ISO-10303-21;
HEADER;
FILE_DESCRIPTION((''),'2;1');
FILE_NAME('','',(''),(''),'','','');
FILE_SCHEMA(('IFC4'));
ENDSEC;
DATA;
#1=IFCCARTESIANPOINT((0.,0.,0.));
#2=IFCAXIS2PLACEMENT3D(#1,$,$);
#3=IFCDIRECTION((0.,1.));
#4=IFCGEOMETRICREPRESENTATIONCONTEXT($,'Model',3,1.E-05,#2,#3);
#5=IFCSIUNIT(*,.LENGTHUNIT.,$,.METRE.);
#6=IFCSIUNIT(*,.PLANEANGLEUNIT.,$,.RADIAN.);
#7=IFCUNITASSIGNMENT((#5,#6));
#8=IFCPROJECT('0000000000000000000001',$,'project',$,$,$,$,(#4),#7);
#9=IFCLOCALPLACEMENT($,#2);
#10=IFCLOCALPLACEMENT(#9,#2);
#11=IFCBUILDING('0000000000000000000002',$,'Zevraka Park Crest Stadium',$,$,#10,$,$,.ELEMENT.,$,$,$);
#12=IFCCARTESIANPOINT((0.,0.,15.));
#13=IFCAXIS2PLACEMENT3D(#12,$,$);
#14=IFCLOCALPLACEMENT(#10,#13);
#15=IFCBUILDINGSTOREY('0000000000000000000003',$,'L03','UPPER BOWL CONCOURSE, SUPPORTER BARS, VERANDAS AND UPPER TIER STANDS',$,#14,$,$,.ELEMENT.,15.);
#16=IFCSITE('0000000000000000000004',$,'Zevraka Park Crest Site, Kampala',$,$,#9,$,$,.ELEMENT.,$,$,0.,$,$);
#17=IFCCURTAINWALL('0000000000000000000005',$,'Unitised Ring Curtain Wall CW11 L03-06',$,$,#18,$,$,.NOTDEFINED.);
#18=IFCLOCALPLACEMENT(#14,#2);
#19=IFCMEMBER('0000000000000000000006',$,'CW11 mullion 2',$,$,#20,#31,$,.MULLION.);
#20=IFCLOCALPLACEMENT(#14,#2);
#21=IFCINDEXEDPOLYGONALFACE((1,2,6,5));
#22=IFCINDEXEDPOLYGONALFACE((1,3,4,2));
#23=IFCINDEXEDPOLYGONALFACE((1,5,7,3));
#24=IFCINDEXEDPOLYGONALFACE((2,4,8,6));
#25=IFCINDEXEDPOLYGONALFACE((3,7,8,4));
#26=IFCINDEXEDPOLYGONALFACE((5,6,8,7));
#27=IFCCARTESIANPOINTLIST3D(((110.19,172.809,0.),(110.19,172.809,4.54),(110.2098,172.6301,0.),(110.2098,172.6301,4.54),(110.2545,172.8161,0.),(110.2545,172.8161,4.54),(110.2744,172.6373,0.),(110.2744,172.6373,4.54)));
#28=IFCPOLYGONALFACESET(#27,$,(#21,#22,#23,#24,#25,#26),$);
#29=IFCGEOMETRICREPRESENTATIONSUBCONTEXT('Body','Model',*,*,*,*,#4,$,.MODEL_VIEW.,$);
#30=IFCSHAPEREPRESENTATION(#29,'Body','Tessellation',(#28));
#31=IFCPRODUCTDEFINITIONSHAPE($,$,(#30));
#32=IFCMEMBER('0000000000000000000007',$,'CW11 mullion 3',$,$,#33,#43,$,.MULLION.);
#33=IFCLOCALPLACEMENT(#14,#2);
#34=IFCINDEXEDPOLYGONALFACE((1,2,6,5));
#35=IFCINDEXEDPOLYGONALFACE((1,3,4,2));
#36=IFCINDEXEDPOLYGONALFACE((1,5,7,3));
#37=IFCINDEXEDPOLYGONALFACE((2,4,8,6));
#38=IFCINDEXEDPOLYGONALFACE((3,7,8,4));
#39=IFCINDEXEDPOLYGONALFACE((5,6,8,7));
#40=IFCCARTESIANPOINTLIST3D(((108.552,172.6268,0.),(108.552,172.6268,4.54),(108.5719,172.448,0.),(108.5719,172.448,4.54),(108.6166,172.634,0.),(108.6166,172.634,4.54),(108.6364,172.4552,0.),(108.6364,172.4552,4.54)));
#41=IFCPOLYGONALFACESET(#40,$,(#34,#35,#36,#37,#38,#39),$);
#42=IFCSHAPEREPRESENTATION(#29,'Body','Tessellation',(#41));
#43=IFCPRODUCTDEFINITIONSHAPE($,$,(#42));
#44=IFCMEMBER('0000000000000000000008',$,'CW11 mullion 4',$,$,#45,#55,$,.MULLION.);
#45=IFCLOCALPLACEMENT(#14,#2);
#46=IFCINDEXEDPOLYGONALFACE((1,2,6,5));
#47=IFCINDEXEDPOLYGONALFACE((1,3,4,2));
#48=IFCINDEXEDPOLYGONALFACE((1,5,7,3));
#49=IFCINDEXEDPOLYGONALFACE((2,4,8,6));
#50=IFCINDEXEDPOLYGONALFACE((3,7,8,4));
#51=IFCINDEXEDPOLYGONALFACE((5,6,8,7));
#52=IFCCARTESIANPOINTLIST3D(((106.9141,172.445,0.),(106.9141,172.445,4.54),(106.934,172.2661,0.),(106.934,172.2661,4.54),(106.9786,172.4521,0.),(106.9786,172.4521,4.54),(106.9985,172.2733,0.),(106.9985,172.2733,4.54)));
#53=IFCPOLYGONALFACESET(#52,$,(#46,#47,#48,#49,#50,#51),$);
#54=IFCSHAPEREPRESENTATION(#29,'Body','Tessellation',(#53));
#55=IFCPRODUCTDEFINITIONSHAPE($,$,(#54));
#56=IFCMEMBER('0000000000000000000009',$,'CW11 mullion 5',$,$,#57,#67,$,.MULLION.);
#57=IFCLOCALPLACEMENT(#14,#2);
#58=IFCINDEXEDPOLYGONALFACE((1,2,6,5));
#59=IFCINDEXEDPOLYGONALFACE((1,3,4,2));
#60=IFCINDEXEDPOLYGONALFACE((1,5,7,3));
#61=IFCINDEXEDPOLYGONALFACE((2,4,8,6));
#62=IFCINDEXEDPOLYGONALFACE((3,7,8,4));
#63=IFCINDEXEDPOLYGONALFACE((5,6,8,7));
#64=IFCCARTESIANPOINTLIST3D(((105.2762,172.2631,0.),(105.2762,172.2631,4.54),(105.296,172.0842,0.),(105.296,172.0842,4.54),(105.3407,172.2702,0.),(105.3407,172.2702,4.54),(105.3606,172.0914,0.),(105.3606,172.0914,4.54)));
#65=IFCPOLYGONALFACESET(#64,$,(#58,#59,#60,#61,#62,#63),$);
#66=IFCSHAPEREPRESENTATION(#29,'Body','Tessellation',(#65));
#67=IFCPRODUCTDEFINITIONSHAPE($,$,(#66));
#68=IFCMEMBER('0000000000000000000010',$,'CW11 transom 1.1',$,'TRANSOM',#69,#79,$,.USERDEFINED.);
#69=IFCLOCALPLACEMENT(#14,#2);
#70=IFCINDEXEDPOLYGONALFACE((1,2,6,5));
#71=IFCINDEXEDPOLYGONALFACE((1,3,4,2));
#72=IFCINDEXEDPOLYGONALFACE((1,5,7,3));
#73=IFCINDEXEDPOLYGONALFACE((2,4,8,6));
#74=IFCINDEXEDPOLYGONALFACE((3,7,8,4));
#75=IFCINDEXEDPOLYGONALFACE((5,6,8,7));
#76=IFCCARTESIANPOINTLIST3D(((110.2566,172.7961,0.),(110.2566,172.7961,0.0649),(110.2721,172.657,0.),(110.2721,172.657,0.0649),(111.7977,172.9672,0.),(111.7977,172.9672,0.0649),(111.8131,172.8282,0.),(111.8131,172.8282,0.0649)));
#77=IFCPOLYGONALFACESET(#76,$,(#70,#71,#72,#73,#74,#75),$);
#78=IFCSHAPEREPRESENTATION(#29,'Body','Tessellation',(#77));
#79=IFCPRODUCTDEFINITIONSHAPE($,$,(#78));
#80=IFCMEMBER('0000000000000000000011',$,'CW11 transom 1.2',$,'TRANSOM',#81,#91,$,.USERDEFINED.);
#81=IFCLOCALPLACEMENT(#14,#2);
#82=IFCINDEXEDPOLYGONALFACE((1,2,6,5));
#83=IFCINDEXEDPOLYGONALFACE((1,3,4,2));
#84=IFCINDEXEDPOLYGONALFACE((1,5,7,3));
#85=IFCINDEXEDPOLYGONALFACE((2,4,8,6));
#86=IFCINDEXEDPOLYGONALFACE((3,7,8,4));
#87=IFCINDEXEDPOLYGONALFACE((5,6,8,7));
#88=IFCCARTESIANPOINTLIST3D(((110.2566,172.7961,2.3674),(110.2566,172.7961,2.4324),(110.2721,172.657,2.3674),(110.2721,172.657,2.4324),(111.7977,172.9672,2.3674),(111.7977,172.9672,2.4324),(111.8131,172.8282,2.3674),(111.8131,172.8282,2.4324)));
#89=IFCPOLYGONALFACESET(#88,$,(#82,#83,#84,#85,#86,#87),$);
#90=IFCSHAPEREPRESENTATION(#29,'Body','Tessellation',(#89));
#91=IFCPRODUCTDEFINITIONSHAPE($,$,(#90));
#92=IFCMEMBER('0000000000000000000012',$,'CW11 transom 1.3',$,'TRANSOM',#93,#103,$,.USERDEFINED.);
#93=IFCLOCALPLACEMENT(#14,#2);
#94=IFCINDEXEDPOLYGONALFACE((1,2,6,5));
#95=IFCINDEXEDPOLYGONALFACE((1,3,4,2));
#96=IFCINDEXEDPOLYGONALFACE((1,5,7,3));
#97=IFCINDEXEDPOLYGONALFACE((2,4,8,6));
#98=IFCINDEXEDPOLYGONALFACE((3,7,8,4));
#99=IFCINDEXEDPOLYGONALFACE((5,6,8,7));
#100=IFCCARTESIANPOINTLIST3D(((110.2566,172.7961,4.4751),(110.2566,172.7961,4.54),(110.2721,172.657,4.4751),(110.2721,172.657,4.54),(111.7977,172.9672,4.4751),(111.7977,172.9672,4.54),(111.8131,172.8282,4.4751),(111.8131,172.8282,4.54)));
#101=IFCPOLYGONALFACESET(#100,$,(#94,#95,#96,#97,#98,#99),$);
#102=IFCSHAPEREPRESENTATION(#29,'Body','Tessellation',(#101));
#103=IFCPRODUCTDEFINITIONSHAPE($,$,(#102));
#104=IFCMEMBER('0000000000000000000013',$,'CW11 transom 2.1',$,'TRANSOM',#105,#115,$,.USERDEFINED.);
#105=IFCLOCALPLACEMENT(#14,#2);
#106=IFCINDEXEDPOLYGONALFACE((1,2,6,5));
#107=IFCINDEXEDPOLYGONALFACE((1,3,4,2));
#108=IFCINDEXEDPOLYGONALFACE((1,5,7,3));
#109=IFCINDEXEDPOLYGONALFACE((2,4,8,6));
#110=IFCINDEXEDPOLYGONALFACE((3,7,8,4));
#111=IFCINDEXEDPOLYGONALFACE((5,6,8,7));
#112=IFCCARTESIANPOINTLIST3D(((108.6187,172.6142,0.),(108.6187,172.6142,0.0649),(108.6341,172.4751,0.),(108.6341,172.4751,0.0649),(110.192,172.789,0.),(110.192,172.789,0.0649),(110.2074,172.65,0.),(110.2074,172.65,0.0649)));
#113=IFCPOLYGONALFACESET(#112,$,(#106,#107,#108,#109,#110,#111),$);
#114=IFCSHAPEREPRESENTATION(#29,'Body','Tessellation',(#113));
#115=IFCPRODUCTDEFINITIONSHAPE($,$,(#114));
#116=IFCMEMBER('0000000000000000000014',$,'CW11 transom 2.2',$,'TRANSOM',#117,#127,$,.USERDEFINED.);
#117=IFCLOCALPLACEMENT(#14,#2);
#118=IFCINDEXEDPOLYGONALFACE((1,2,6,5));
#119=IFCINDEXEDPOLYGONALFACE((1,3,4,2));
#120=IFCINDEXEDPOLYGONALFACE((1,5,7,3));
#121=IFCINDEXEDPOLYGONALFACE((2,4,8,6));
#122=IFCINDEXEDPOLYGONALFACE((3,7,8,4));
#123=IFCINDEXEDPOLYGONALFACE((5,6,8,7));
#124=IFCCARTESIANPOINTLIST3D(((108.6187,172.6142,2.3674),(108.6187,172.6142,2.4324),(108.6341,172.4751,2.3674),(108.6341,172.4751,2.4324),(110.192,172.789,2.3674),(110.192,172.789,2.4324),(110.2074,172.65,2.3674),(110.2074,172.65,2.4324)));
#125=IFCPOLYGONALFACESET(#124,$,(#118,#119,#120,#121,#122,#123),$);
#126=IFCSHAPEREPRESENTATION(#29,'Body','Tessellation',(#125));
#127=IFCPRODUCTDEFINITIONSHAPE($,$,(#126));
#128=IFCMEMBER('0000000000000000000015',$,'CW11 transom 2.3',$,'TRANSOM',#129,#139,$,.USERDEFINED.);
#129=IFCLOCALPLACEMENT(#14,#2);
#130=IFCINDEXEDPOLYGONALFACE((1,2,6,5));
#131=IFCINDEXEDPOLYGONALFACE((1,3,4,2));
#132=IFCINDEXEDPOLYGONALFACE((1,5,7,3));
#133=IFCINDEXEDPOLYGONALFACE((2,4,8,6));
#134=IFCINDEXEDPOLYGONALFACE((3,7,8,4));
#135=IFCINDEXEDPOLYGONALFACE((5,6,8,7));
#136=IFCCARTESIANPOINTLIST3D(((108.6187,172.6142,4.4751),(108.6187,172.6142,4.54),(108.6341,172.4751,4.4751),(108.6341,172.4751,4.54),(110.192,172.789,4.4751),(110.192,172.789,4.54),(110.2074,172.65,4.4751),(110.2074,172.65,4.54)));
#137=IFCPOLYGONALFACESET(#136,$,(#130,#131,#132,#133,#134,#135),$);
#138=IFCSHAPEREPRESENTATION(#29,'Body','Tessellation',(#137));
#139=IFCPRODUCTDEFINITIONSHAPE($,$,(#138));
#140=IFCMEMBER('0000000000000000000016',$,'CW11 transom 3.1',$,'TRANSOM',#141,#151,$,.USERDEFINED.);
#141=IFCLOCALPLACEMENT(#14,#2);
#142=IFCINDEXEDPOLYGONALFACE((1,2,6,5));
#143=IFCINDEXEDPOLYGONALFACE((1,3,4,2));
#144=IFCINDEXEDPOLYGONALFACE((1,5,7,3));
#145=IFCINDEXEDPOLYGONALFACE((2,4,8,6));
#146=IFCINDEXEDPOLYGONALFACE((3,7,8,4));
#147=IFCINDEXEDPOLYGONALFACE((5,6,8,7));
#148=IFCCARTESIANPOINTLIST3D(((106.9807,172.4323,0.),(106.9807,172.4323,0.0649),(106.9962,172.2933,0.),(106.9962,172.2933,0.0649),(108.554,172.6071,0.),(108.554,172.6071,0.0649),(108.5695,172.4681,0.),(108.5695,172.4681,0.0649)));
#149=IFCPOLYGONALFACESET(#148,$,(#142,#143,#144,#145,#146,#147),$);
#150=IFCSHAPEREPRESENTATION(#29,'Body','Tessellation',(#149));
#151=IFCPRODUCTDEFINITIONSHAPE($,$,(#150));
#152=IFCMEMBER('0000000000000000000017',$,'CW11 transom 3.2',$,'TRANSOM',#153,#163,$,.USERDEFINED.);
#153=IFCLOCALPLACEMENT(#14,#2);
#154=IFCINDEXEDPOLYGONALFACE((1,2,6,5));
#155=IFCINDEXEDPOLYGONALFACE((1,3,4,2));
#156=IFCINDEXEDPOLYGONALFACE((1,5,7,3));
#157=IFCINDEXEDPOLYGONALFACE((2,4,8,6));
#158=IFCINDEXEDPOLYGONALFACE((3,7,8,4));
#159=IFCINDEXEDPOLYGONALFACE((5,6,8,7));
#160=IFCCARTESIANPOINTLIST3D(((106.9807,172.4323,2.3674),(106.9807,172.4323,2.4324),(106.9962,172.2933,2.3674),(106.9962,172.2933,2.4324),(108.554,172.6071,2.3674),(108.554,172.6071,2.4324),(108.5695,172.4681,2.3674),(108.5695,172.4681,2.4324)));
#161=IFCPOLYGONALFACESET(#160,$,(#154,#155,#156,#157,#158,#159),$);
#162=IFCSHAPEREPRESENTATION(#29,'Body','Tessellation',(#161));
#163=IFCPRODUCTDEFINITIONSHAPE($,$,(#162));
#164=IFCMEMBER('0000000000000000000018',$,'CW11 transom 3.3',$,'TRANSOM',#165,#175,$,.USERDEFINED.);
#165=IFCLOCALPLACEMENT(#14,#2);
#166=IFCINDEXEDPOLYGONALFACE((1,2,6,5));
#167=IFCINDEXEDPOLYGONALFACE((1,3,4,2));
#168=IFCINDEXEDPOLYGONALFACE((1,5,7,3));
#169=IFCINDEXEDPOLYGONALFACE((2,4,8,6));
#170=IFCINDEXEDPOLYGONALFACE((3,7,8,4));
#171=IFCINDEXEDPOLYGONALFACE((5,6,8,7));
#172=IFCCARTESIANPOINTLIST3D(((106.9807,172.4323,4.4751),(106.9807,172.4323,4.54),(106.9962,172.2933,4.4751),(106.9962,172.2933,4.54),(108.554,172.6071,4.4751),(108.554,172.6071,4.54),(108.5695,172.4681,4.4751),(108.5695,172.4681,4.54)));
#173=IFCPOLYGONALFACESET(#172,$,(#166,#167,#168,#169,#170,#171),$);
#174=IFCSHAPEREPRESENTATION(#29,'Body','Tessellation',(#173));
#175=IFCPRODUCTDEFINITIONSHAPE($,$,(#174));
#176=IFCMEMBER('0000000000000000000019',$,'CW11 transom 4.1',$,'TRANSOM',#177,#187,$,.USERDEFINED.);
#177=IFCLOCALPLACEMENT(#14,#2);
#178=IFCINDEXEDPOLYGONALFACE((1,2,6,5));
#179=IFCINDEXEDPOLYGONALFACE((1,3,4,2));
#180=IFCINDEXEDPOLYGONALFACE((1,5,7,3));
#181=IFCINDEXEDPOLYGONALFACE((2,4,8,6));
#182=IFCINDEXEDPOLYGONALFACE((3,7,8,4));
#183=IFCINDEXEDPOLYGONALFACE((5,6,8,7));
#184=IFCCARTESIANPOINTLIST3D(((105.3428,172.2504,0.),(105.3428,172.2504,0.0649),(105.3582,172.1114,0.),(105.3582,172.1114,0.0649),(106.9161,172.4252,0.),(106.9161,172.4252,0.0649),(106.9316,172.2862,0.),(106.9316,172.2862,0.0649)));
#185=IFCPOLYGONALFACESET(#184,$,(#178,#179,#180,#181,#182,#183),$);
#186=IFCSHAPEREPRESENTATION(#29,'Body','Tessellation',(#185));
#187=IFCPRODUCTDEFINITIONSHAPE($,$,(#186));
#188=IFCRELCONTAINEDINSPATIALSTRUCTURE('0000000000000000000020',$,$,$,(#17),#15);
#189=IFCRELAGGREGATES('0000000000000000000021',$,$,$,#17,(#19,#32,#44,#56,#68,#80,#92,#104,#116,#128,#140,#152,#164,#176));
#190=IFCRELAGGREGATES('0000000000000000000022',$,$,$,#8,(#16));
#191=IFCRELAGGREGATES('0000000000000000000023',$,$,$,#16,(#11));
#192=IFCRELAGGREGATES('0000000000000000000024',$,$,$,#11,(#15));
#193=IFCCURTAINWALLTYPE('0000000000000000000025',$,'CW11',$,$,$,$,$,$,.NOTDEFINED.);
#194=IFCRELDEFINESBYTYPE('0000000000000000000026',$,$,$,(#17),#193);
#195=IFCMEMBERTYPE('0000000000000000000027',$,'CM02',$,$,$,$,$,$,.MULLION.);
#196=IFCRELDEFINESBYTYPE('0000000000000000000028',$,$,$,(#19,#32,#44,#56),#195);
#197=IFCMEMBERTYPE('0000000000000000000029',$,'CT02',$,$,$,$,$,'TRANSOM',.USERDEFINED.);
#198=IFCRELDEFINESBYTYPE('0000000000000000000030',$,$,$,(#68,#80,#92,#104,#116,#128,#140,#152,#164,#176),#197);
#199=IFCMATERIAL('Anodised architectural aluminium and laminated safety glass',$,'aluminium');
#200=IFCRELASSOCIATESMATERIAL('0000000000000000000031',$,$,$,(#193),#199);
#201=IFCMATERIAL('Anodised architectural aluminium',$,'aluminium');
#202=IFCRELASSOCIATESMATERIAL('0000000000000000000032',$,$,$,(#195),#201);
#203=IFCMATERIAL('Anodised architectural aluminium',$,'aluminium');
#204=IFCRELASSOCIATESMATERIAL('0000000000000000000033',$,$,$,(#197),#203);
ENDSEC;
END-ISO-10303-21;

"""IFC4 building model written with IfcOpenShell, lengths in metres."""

from ifc_helpers import new_model, si_unit, direction, frame, origin, origin_2d, place, context, subcontext, project, spatial, rectangle, extrude, material, material_profile, profile_set, type_object, element, aggregate, save


model = new_model("IFC4")

# Units and contexts
model_context = context("Model", 3, precision=1e-05, world=origin(), true_north=direction((0.0, 1.0)))
body_context = subcontext(model_context, "Body", "Model", "MODEL_VIEW")
ifc_project = project(units=[si_unit("LENGTHUNIT", "METRE"), si_unit("PLANEANGLEUNIT", "RADIAN")], contexts=[model_context])

# Site, building, storey
site_placement = place(None, origin())
site = spatial("IfcSite", under=ifc_project, at=site_placement, Name="Zevraka Park Crest Site, Kampala", CompositionType="ELEMENT", RefElevation=0.0)
building_placement = place(site_placement, origin())
building = spatial("IfcBuilding", under=site, at=building_placement, Name="Zevraka Park Crest Stadium", CompositionType="ELEMENT")
storey_placement = place(building_placement, frame((0.0, 0.0, 15.0)))
storey = spatial("IfcBuildingStorey", under=building, at=storey_placement, Name="L03", Description="UPPER BOWL CONCOURSE, SUPPORTER BARS, VERANDAS AND UPPER TIER STANDS", CompositionType="ELEMENT", Elevation=15.0)

# Curtain wall, members
ifc_material_1 = material(Name="Anodised architectural aluminium and laminated safety glass", Category="aluminium")
curtain_wall_type = type_object("IfcCurtainWallType", Name="CW11", PredefinedType="NOTDEFINED", material=ifc_material_1)
curtain_wall_placement = place(storey_placement, origin())
curtain_wall = element("IfcCurtainWall", 1, at=curtain_wall_placement, inside=storey, type_object=curtain_wall_type, Name="Unitised Ring Curtain Wall CW11 L03-06", PredefinedType="NOTDEFINED")
ifc_material_2 = material(Name="Anodised architectural aluminium", Category="aluminium")
ifc_material_profile_1 = material_profile(ifc_material_2, rectangle(XDim=0.1799, YDim=0.0649, at=origin_2d()), Name="ALU MULLION 180x65")
ifc_profile_set_1 = profile_set([ifc_material_profile_1], Name="Anodised architectural aluminium")
member_type_1 = type_object("IfcMemberType", Name="CM02", PredefinedType="MULLION", material=ifc_profile_set_1)
member_1_placement = place(storey_placement, frame((110.2322, 172.7231, 0.0), z_axis=(0.0, 0.0, 1.0), x_axis=(0.110396, -0.993888, 0.0)))
member_1 = element("IfcMember", 2, at=member_1_placement, type_object=member_type_1, Name="CW11 mullion 2", PredefinedType="MULLION", context=body_context, shape_type="SweptSolid", body=[
    extrude(rectangle(XDim=0.1799, YDim=0.0649, at=origin_2d()), origin(), (0.0, 0.0, 1.0), 4.54),
])
member_2_placement = place(storey_placement, frame((108.5942, 172.541, 0.0), z_axis=(0.0, 0.0, 1.0), x_axis=(0.110396, -0.993888, 0.0)))
member_2 = element("IfcMember", 3, at=member_2_placement, type_object=member_type_1, Name="CW11 mullion 3", PredefinedType="MULLION", context=body_context, shape_type="SweptSolid", body=[
    extrude(rectangle(XDim=0.1799, YDim=0.0649, at=origin_2d()), origin(), (0.0, 0.0, 1.0), 4.54),
])
member_3_placement = place(storey_placement, frame((106.9563, 172.3591, 0.0), z_axis=(0.0, 0.0, 1.0), x_axis=(0.110396, -0.993888, 0.0)))
member_3 = element("IfcMember", 4, at=member_3_placement, type_object=member_type_1, Name="CW11 mullion 4", PredefinedType="MULLION", context=body_context, shape_type="SweptSolid", body=[
    extrude(rectangle(XDim=0.1799, YDim=0.0649, at=origin_2d()), origin(), (0.0, 0.0, 1.0), 4.54),
])
member_4_placement = place(storey_placement, frame((105.3184, 172.1772, 0.0), z_axis=(0.0, 0.0, 1.0), x_axis=(0.110396, -0.993888, 0.0)))
member_4 = element("IfcMember", 5, at=member_4_placement, type_object=member_type_1, Name="CW11 mullion 5", PredefinedType="MULLION", context=body_context, shape_type="SweptSolid", body=[
    extrude(rectangle(XDim=0.1799, YDim=0.0649, at=origin_2d()), origin(), (0.0, 0.0, 1.0), 4.54),
])
ifc_material_3 = material(Name="Anodised architectural aluminium", Category="aluminium")
ifc_material_profile_2 = material_profile(ifc_material_3, rectangle(XDim=0.1399, YDim=0.0649, at=origin_2d()), Name="ALU TRANSOM 140x65")
ifc_profile_set_2 = profile_set([ifc_material_profile_2], Name="Anodised architectural aluminium")
member_type_2 = type_object("IfcMemberType", Name="CT02", ElementType="TRANSOM", PredefinedType="USERDEFINED", material=ifc_profile_set_2)
member_5_placement = place(storey_placement, frame((111.8054, 172.8977, 0.0325), z_axis=(-0.993889, -0.11038, 0.0), x_axis=(0.11038, -0.993889, 0.0)))
member_5 = element("IfcMember", 6, at=member_5_placement, type_object=member_type_2, Name="CW11 transom 1.1", ObjectType="TRANSOM", PredefinedType="USERDEFINED", context=body_context, shape_type="SweptSolid", body=[
    extrude(rectangle(XDim=0.1399, YDim=0.0649, at=origin_2d()), origin(), (0.0, 0.0, 1.0), 1.5505),
])
member_6_placement = place(storey_placement, frame((111.8054, 172.8977, 2.3999), z_axis=(-0.993889, -0.11038, 0.0), x_axis=(0.11038, -0.993889, 0.0)))
member_6 = element("IfcMember", 7, at=member_6_placement, type_object=member_type_2, Name="CW11 transom 1.2", ObjectType="TRANSOM", PredefinedType="USERDEFINED", context=body_context, shape_type="SweptSolid", body=[
    extrude(rectangle(XDim=0.1399, YDim=0.0649, at=origin_2d()), origin(), (0.0, 0.0, 1.0), 1.5505),
])
member_7_placement = place(storey_placement, frame((111.8054, 172.8977, 4.5076), z_axis=(-0.993889, -0.11038, 0.0), x_axis=(0.11038, -0.993889, 0.0)))
member_7 = element("IfcMember", 8, at=member_7_placement, type_object=member_type_2, Name="CW11 transom 1.3", ObjectType="TRANSOM", PredefinedType="USERDEFINED", context=body_context, shape_type="SweptSolid", body=[
    extrude(rectangle(XDim=0.1399, YDim=0.0649, at=origin_2d()), origin(), (0.0, 0.0, 1.0), 1.5505),
])
member_8_placement = place(storey_placement, frame((110.1997, 172.7195, 0.0325), z_axis=(-0.993884, -0.110432, 0.0), x_axis=(0.110432, -0.993884, 0.0)))
member_8 = element("IfcMember", 9, at=member_8_placement, type_object=member_type_2, Name="CW11 transom 2.1", ObjectType="TRANSOM", PredefinedType="USERDEFINED", context=body_context, shape_type="SweptSolid", body=[
    extrude(rectangle(XDim=0.1399, YDim=0.0649, at=origin_2d()), origin(), (0.0, 0.0, 1.0), 1.583),
])
member_9_placement = place(storey_placement, frame((110.1997, 172.7195, 2.3999), z_axis=(-0.993884, -0.110432, 0.0), x_axis=(0.110432, -0.993884, 0.0)))
member_9 = element("IfcMember", 10, at=member_9_placement, type_object=member_type_2, Name="CW11 transom 2.2", ObjectType="TRANSOM", PredefinedType="USERDEFINED", context=body_context, shape_type="SweptSolid", body=[
    extrude(rectangle(XDim=0.1399, YDim=0.0649, at=origin_2d()), origin(), (0.0, 0.0, 1.0), 1.583),
])
member_10_placement = place(storey_placement, frame((110.1997, 172.7195, 4.5076), z_axis=(-0.993884, -0.110432, 0.0), x_axis=(0.110432, -0.993884, 0.0)))
member_10 = element("IfcMember", 11, at=member_10_placement, type_object=member_type_2, Name="CW11 transom 2.3", ObjectType="TRANSOM", PredefinedType="USERDEFINED", context=body_context, shape_type="SweptSolid", body=[
    extrude(rectangle(XDim=0.1399, YDim=0.0649, at=origin_2d()), origin(), (0.0, 0.0, 1.0), 1.583),
])
member_11_placement = place(storey_placement, frame((108.5618, 172.5376, 0.0325), z_axis=(-0.993884, -0.110432, 0.0), x_axis=(0.110432, -0.993884, 0.0)))
member_11 = element("IfcMember", 12, at=member_11_placement, type_object=member_type_2, Name="CW11 transom 3.1", ObjectType="TRANSOM", PredefinedType="USERDEFINED", context=body_context, shape_type="SweptSolid", body=[
    extrude(rectangle(XDim=0.1399, YDim=0.0649, at=origin_2d()), origin(), (0.0, 0.0, 1.0), 1.583),
])
member_12_placement = place(storey_placement, frame((108.5618, 172.5376, 2.3999), z_axis=(-0.993884, -0.110432, 0.0), x_axis=(0.110432, -0.993884, 0.0)))
member_12 = element("IfcMember", 13, at=member_12_placement, type_object=member_type_2, Name="CW11 transom 3.2", ObjectType="TRANSOM", PredefinedType="USERDEFINED", context=body_context, shape_type="SweptSolid", body=[
    extrude(rectangle(XDim=0.1399, YDim=0.0649, at=origin_2d()), origin(), (0.0, 0.0, 1.0), 1.583),
])
member_13_placement = place(storey_placement, frame((108.5618, 172.5376, 4.5076), z_axis=(-0.993884, -0.110432, 0.0), x_axis=(0.110432, -0.993884, 0.0)))
member_13 = element("IfcMember", 14, at=member_13_placement, type_object=member_type_2, Name="CW11 transom 3.3", ObjectType="TRANSOM", PredefinedType="USERDEFINED", context=body_context, shape_type="SweptSolid", body=[
    extrude(rectangle(XDim=0.1399, YDim=0.0649, at=origin_2d()), origin(), (0.0, 0.0, 1.0), 1.583),
])
member_14_placement = place(storey_placement, frame((106.9238, 172.3557, 0.0325), z_axis=(-0.993884, -0.110432, 0.0), x_axis=(0.110432, -0.993884, 0.0)))
member_14 = element("IfcMember", 15, at=member_14_placement, type_object=member_type_2, Name="CW11 transom 4.1", ObjectType="TRANSOM", PredefinedType="USERDEFINED", context=body_context, shape_type="SweptSolid", body=[
    extrude(rectangle(XDim=0.1399, YDim=0.0649, at=origin_2d()), origin(), (0.0, 0.0, 1.0), 1.583),
])
aggregate(curtain_wall, [member_1, member_2, member_3, member_4, member_5, member_6, member_7, member_8, member_9, member_10, member_11, member_12, member_13, member_14])

save(model, "model.ifc")
